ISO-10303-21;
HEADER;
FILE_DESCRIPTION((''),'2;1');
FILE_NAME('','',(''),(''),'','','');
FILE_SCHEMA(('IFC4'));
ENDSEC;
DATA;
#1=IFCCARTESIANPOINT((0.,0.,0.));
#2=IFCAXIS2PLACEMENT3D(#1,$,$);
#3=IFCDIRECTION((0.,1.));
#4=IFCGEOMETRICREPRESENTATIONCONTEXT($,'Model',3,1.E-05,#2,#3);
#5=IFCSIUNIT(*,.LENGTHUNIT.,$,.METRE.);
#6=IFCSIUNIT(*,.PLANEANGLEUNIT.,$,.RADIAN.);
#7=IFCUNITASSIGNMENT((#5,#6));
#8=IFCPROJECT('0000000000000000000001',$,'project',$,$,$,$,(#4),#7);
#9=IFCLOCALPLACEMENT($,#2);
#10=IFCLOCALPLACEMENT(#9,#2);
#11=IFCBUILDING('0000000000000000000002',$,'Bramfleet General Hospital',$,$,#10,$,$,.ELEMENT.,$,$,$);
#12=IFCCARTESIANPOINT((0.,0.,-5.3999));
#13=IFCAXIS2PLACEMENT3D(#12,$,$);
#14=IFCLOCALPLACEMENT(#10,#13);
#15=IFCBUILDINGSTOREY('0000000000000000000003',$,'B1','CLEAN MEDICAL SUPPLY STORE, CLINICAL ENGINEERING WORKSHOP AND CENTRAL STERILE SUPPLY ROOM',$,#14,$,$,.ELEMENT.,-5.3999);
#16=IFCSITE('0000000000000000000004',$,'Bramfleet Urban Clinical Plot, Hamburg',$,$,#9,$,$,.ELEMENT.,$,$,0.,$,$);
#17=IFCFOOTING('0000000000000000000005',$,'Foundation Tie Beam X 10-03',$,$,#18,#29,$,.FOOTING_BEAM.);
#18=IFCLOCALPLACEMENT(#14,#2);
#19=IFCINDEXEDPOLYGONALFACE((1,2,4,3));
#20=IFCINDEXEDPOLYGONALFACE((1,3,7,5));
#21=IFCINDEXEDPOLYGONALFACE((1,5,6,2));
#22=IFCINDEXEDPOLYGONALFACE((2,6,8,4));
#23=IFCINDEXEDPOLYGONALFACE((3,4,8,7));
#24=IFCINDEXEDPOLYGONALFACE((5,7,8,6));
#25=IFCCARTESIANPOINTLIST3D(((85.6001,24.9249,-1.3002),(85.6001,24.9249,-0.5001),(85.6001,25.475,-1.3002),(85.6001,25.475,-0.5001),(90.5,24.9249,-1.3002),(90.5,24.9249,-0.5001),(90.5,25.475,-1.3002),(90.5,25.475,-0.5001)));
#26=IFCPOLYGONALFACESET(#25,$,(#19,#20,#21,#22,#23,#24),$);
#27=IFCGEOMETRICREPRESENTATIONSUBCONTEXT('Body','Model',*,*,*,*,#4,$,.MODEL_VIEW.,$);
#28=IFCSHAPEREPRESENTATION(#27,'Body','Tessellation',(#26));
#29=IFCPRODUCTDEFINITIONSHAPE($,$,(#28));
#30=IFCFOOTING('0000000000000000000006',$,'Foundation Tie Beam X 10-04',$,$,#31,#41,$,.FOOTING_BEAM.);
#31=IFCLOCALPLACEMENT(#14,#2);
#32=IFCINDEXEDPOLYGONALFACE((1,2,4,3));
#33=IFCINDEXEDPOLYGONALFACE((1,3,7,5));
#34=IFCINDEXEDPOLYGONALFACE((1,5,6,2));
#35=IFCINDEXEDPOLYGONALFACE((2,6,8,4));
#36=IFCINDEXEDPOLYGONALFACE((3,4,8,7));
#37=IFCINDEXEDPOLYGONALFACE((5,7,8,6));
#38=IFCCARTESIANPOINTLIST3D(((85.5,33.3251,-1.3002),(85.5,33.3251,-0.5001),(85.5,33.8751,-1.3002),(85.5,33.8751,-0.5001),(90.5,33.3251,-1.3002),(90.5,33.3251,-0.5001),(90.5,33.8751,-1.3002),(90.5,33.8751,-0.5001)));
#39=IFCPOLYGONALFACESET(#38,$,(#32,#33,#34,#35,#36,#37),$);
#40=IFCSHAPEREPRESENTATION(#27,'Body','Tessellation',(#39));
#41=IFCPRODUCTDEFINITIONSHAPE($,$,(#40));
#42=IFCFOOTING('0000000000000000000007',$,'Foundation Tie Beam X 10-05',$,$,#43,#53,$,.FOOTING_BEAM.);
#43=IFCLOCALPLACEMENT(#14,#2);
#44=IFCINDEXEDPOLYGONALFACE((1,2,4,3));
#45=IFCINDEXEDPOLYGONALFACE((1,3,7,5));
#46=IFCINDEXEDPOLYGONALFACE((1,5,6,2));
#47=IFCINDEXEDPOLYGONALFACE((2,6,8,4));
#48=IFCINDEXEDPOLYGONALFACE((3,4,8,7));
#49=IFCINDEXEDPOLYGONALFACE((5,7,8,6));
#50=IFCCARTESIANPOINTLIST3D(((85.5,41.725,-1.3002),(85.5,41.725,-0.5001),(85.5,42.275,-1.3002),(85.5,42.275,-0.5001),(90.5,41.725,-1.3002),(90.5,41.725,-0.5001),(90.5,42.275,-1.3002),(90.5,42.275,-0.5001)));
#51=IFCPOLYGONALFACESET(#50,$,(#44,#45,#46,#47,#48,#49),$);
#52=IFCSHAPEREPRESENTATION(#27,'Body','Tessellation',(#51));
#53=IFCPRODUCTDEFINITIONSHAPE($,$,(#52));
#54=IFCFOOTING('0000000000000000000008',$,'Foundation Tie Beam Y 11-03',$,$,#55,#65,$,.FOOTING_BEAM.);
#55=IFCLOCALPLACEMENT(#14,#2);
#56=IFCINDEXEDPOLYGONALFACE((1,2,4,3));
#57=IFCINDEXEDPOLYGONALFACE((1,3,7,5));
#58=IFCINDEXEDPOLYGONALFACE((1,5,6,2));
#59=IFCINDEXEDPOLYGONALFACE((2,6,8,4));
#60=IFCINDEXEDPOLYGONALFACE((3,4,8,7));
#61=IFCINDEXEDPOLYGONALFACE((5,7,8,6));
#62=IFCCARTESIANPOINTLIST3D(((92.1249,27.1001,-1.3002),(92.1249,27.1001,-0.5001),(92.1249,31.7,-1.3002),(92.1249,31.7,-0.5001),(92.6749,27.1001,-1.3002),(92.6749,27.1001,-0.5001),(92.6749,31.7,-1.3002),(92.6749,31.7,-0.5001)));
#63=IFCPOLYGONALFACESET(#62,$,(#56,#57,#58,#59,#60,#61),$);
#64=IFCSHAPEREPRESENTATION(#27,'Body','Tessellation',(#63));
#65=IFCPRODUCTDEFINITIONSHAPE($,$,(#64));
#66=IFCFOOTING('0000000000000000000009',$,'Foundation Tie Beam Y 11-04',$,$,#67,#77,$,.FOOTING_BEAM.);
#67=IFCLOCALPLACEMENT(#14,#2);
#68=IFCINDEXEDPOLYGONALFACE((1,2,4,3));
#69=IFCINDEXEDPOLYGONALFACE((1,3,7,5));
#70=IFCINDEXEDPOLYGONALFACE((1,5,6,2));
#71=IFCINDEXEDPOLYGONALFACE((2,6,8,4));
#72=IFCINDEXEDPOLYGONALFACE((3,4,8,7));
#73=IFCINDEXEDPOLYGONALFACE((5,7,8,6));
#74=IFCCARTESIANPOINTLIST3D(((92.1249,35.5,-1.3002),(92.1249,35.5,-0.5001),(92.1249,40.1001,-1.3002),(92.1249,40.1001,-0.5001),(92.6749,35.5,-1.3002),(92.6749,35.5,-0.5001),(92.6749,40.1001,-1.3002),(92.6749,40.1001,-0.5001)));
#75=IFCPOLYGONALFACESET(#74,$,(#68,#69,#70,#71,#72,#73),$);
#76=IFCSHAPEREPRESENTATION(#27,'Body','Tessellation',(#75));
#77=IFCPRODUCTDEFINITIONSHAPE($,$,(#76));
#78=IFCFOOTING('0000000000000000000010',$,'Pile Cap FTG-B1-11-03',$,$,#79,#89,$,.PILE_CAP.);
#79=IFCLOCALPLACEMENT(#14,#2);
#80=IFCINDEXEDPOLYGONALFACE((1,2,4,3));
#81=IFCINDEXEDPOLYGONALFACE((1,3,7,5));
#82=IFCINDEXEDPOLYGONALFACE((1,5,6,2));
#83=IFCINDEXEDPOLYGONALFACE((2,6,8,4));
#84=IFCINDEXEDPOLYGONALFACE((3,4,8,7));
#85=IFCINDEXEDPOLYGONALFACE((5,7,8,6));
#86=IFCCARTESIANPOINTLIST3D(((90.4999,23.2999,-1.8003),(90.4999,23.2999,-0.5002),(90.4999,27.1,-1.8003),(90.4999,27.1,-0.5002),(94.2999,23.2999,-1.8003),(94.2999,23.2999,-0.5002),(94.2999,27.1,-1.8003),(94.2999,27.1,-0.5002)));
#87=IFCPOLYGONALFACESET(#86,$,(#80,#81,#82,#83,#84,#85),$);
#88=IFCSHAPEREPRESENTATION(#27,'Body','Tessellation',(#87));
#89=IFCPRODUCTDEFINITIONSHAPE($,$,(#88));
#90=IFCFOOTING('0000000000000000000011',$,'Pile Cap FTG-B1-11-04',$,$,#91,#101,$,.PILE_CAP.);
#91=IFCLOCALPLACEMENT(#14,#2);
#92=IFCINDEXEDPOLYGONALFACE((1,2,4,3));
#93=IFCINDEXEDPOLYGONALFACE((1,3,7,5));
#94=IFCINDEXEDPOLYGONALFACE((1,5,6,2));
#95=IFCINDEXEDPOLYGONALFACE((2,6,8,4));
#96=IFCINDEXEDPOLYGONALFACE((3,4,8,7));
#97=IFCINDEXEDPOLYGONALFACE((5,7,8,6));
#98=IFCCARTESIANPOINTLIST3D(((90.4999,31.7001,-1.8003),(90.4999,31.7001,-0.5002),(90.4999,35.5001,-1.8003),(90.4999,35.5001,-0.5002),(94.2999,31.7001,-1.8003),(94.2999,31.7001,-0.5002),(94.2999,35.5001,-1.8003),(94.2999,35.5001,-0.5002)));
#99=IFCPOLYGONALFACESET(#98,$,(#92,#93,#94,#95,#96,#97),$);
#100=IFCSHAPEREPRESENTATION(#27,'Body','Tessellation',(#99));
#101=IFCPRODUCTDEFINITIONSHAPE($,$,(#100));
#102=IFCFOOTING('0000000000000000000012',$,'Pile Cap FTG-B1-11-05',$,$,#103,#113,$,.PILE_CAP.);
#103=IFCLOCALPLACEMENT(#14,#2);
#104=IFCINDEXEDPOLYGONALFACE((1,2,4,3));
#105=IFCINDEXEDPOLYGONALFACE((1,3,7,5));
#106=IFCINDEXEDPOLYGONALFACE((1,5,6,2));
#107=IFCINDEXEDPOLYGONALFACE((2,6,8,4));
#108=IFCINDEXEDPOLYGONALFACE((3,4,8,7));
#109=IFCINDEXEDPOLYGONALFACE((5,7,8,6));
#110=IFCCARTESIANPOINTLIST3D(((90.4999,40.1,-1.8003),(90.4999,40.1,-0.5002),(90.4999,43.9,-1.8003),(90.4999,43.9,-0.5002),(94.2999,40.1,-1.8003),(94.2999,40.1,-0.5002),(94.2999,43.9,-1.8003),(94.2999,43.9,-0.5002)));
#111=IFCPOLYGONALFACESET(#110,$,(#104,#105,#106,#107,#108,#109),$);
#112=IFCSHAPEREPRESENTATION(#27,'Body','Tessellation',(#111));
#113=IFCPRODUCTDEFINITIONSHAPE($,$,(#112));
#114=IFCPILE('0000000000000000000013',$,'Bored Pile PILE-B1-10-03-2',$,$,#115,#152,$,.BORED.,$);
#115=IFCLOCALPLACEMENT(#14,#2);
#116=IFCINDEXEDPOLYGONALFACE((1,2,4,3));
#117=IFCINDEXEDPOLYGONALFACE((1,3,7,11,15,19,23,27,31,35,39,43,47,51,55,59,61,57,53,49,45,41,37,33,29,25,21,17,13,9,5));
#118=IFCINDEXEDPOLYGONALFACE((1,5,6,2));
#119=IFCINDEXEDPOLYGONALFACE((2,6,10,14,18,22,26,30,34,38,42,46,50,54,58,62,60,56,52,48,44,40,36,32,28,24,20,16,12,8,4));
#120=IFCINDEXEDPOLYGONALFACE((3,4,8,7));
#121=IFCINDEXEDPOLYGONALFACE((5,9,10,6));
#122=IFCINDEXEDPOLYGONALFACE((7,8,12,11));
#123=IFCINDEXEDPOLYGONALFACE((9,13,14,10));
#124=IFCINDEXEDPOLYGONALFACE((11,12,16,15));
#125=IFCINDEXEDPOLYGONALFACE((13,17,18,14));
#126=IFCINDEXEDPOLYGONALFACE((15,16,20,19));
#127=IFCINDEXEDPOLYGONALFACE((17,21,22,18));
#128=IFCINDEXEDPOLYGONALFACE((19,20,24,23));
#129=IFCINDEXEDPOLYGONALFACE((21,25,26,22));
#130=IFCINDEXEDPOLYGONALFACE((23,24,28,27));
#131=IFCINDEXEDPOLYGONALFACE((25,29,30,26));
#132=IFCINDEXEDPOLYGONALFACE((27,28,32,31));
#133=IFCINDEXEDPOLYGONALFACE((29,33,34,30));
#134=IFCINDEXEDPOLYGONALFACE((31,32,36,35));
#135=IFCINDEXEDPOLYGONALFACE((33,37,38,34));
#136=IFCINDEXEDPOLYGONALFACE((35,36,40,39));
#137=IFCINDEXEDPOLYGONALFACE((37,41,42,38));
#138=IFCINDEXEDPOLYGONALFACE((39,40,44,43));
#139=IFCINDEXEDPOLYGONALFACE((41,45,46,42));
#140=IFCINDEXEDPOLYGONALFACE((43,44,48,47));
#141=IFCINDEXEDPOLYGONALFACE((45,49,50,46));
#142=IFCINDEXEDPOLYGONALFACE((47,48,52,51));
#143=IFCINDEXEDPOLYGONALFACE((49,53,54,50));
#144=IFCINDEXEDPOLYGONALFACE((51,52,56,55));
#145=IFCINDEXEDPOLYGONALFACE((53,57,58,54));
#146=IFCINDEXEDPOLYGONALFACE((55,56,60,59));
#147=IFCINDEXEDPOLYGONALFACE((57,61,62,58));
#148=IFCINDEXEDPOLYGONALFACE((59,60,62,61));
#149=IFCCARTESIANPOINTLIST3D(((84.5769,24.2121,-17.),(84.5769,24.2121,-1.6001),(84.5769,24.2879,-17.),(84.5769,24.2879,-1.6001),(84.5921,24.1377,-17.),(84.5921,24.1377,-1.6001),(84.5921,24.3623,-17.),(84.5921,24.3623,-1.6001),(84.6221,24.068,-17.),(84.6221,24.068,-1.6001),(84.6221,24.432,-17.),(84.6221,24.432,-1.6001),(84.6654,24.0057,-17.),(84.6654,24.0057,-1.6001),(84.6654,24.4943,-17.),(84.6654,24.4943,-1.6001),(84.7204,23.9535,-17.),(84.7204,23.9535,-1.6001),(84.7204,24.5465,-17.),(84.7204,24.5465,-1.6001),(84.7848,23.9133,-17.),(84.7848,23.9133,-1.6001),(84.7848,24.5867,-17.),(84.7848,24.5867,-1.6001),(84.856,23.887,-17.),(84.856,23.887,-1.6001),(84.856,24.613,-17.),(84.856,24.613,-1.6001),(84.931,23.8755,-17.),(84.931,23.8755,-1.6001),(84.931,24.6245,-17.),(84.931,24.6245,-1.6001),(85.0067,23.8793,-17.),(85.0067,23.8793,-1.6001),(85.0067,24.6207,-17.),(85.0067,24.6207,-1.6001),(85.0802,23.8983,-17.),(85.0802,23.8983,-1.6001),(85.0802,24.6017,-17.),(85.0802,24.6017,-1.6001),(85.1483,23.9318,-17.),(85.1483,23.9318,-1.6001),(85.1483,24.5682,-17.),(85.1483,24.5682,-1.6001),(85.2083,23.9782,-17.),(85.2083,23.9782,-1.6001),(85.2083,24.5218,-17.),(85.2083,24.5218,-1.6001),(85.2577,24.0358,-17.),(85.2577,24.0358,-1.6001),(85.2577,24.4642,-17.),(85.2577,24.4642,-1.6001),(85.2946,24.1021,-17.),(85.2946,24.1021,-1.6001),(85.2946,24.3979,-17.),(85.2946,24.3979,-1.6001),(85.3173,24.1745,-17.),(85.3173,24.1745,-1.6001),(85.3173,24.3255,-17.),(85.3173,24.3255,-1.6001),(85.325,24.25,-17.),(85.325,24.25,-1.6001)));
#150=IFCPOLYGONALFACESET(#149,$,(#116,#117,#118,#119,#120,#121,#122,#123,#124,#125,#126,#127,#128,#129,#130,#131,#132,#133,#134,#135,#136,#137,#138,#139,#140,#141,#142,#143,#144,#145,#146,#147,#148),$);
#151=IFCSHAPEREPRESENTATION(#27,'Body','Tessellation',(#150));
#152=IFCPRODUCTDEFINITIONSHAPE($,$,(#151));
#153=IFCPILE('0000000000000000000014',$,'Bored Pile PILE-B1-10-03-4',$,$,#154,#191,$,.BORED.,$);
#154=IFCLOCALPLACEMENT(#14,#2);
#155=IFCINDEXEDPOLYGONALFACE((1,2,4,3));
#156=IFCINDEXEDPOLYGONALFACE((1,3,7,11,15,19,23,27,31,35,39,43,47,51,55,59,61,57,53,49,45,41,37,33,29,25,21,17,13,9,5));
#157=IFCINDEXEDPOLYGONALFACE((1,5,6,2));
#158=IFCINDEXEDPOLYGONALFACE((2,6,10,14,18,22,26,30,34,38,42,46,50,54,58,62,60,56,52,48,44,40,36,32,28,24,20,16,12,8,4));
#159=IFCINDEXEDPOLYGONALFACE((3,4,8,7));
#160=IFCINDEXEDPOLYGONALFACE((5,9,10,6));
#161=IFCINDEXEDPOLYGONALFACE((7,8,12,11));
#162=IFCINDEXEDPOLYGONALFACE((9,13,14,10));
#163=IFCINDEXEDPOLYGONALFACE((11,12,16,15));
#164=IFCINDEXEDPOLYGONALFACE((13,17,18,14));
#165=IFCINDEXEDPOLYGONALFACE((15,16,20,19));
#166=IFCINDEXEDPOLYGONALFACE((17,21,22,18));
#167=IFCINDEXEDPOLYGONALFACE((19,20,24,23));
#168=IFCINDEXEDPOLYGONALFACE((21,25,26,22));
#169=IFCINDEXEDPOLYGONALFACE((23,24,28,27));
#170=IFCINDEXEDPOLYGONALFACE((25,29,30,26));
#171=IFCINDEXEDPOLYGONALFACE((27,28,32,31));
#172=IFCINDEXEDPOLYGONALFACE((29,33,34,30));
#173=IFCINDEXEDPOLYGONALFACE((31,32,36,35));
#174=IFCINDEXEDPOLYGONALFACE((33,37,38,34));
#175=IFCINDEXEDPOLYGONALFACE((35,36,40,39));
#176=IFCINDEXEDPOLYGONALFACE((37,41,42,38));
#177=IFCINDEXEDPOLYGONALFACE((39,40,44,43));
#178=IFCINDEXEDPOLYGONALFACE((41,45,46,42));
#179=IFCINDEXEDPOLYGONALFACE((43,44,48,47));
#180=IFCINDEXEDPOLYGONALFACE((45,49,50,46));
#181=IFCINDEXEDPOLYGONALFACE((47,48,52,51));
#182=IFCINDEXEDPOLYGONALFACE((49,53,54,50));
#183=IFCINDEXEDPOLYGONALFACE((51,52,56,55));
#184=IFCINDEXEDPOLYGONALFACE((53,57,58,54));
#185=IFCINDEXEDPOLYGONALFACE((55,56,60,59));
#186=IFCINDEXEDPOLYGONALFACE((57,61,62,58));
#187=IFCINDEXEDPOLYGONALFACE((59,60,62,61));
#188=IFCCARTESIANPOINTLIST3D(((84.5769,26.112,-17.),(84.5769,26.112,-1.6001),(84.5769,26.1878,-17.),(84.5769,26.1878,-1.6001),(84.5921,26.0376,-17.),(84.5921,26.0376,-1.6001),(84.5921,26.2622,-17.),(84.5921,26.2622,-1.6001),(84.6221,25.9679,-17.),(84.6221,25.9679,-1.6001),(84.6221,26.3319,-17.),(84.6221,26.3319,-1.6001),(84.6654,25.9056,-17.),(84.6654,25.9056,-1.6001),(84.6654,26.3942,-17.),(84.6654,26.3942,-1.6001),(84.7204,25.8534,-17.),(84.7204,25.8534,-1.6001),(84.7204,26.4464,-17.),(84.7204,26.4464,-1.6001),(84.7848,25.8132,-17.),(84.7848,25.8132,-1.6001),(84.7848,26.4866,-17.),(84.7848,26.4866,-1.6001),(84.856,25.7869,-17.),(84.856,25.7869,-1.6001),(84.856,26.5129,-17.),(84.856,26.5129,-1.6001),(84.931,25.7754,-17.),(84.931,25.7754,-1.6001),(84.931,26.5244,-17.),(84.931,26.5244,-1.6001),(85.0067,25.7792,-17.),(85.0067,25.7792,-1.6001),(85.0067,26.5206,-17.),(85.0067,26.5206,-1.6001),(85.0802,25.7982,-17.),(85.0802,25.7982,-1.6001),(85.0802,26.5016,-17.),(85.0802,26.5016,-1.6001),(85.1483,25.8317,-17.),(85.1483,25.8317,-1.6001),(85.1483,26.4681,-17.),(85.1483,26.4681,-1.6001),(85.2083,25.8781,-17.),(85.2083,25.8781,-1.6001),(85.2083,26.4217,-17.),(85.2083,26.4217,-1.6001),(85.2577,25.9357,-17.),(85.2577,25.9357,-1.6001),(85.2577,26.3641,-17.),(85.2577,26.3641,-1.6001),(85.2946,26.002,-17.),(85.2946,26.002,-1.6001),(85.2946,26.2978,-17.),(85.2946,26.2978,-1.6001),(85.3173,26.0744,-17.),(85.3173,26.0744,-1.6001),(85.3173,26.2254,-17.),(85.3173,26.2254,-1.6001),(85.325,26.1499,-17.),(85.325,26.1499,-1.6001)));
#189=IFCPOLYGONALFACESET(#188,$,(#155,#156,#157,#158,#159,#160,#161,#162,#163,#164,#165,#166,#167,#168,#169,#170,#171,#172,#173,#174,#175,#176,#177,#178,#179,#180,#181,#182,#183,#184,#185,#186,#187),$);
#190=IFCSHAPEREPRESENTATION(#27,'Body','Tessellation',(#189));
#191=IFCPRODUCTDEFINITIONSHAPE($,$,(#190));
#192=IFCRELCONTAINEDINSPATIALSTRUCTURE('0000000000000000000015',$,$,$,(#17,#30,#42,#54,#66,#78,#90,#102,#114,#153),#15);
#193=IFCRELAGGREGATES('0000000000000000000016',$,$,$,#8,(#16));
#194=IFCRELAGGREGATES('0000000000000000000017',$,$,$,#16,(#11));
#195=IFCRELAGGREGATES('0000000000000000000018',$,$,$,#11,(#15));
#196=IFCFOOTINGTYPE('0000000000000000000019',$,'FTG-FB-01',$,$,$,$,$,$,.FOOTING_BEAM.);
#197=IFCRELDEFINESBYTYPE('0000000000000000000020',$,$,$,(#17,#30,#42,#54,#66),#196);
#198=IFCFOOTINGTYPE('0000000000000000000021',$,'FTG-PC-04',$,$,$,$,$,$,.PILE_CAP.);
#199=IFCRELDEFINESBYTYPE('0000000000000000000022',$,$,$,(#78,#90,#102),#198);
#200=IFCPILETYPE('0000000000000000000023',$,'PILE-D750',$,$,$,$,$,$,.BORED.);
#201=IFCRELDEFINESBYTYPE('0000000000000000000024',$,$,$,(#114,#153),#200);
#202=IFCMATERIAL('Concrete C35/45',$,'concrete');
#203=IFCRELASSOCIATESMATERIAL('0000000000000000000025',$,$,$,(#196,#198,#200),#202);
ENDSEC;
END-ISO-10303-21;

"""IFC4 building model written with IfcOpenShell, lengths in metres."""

from ifc_helpers import new_model, si_unit, direction, frame, origin, origin_2d, place, context, subcontext, project, spatial, rectangle, circle, extrude, material, material_profile, profile_set, type_object, element, save


model = new_model("IFC4")

# Units and contexts
model_context = context("Model", 3, precision=1e-05, world=origin(), true_north=direction((0.0, 1.0)))
body_context = subcontext(model_context, "Body", "Model", "MODEL_VIEW")
ifc_project = project(units=[si_unit("LENGTHUNIT", "METRE"), si_unit("PLANEANGLEUNIT", "RADIAN")], contexts=[model_context])

# Site, building, storey
site_placement = place(None, origin())
site = spatial("IfcSite", under=ifc_project, at=site_placement, Name="Bramfleet Urban Clinical Plot, Hamburg", CompositionType="ELEMENT", RefElevation=0.0)
building_placement = place(site_placement, origin())
building = spatial("IfcBuilding", under=site, at=building_placement, Name="Bramfleet General Hospital", CompositionType="ELEMENT")
storey_placement = place(building_placement, frame((0.0, 0.0, -5.3999)))
storey = spatial("IfcBuildingStorey", under=building, at=storey_placement, Name="B1", Description="CLEAN MEDICAL SUPPLY STORE, CLINICAL ENGINEERING WORKSHOP AND CENTRAL STERILE SUPPLY ROOM", CompositionType="ELEMENT", Elevation=-5.3999)

# Footings
ifc_material_1 = material(Name="Concrete C35/45", Category="concrete")
ifc_material_profile_1 = material_profile(ifc_material_1, rectangle(XDim=0.55, YDim=0.8, at=origin_2d()), Name="RC FB 800x550")
ifc_profile_set_1 = profile_set([ifc_material_profile_1], Name="Concrete C35/45")
footing_type_1 = type_object("IfcFootingType", Name="FTG-FB-01", PredefinedType="FOOTING_BEAM", material=ifc_profile_set_1)
footing_1_placement = place(storey_placement, frame((85.6001, 25.2, -0.9001), z_axis=(1.0, 0.0, 0.0), x_axis=(0.0, 1.0, 0.0)))
element("IfcFooting", 1, at=footing_1_placement, inside=storey, type_object=footing_type_1, Name="Foundation Tie Beam X 10-03", PredefinedType="FOOTING_BEAM", context=body_context, shape_type="SweptSolid", body=[
    extrude(rectangle(XDim=0.55, YDim=0.8, at=origin_2d()), origin(), (0.0, 0.0, 1.0), 4.8999),
])
for number, where, z_axis, x_axis, name in (
    (2, (85.5, 33.6001, -0.9001), (1.0, 0.0, 0.0), (0.0, 1.0, 0.0), "Foundation Tie Beam X 10-04"),
    (3, (85.5, 42.0, -0.9001), (1.0, 0.0, 0.0), (0.0, 1.0, 0.0), "Foundation Tie Beam X 10-05"),
):
    element("IfcFooting", number, at=place(storey_placement, frame(where, z_axis=z_axis, x_axis=x_axis)), inside=storey, type_object=footing_type_1, Name=name, PredefinedType="FOOTING_BEAM", context=body_context, shape_type="SweptSolid", body=[
        extrude(rectangle(XDim=0.55, YDim=0.8, at=origin_2d()), origin(), (0.0, 0.0, 1.0), 5.0),
    ])
footing_2_placement = place(storey_placement, frame((92.3999, 27.1001, -0.9001), z_axis=(0.0, 1.0, 0.0), x_axis=(-1.0, 0.0, 0.0)))
element("IfcFooting", 4, at=footing_2_placement, inside=storey, type_object=footing_type_1, Name="Foundation Tie Beam Y 11-03", PredefinedType="FOOTING_BEAM", context=body_context, shape_type="SweptSolid", body=[
    extrude(rectangle(XDim=0.55, YDim=0.8, at=origin_2d()), origin(), (0.0, 0.0, 1.0), 4.5999),
])
footing_3_placement = place(storey_placement, frame((92.3999, 35.5, -0.9001), z_axis=(0.0, 1.0, 0.0), x_axis=(-1.0, 0.0, 0.0)))
element("IfcFooting", 5, at=footing_3_placement, inside=storey, type_object=footing_type_1, Name="Foundation Tie Beam Y 11-04", PredefinedType="FOOTING_BEAM", context=body_context, shape_type="SweptSolid", body=[
    extrude(rectangle(XDim=0.55, YDim=0.8, at=origin_2d()), origin(), (0.0, 0.0, 1.0), 4.6001),
])
footing_type_2 = type_object("IfcFootingType", Name="FTG-PC-04", PredefinedType="PILE_CAP", material=ifc_material_1)
for number, where, z_axis, x_axis, name in (
    (6, (92.3999, 25.2, -1.8003), (0.0, 0.0, 1.0), (1.0, 0.0, 0.0), "Pile Cap FTG-B1-11-03"),
    (7, (92.3999, 33.6001, -1.8003), (0.0, 0.0, 1.0), (1.0, 0.0, 0.0), "Pile Cap FTG-B1-11-04"),
    (8, (92.3999, 42.0, -1.8003), (0.0, 0.0, 1.0), (1.0, 0.0, 0.0), "Pile Cap FTG-B1-11-05"),
):
    element("IfcFooting", number, at=place(storey_placement, frame(where, z_axis=z_axis, x_axis=x_axis)), inside=storey, type_object=footing_type_2, Name=name, PredefinedType="PILE_CAP", context=body_context, shape_type="SweptSolid", body=[
        extrude(rectangle(XDim=3.8, YDim=3.8, at=origin_2d()), origin(), (0.0, 0.0, 1.0), 1.3),
    ])

# Piles
ifc_material_profile_2 = material_profile(ifc_material_1, circle(Radius=0.375, at=origin_2d()), Name="PILE BORED D750")
ifc_profile_set_2 = profile_set([ifc_material_profile_2], Name="Concrete C35/45")
pile_type_1 = type_object("IfcPileType", Name="PILE-D750", PredefinedType="BORED", material=ifc_profile_set_2)
for number, where, z_axis, x_axis, name in (
    (9, (84.95, 24.25, -1.6001), (0.0, 0.0, -1.0), (1.0, 0.0, 0.0), "Bored Pile PILE-B1-10-03-2"),
    (10, (84.95, 26.1499, -1.6001), (0.0, 0.0, -1.0), (1.0, 0.0, 0.0), "Bored Pile PILE-B1-10-03-4"),
):
    element("IfcPile", number, at=place(storey_placement, frame(where, z_axis=z_axis, x_axis=x_axis)), inside=storey, type_object=pile_type_1, Name=name, PredefinedType="BORED", context=body_context, shape_type="SweptSolid", body=[
        extrude(circle(Radius=0.375, at=origin_2d()), origin(), (0.0, 0.0, 1.0), 15.3999),
    ])

save(model, "model.ifc")
